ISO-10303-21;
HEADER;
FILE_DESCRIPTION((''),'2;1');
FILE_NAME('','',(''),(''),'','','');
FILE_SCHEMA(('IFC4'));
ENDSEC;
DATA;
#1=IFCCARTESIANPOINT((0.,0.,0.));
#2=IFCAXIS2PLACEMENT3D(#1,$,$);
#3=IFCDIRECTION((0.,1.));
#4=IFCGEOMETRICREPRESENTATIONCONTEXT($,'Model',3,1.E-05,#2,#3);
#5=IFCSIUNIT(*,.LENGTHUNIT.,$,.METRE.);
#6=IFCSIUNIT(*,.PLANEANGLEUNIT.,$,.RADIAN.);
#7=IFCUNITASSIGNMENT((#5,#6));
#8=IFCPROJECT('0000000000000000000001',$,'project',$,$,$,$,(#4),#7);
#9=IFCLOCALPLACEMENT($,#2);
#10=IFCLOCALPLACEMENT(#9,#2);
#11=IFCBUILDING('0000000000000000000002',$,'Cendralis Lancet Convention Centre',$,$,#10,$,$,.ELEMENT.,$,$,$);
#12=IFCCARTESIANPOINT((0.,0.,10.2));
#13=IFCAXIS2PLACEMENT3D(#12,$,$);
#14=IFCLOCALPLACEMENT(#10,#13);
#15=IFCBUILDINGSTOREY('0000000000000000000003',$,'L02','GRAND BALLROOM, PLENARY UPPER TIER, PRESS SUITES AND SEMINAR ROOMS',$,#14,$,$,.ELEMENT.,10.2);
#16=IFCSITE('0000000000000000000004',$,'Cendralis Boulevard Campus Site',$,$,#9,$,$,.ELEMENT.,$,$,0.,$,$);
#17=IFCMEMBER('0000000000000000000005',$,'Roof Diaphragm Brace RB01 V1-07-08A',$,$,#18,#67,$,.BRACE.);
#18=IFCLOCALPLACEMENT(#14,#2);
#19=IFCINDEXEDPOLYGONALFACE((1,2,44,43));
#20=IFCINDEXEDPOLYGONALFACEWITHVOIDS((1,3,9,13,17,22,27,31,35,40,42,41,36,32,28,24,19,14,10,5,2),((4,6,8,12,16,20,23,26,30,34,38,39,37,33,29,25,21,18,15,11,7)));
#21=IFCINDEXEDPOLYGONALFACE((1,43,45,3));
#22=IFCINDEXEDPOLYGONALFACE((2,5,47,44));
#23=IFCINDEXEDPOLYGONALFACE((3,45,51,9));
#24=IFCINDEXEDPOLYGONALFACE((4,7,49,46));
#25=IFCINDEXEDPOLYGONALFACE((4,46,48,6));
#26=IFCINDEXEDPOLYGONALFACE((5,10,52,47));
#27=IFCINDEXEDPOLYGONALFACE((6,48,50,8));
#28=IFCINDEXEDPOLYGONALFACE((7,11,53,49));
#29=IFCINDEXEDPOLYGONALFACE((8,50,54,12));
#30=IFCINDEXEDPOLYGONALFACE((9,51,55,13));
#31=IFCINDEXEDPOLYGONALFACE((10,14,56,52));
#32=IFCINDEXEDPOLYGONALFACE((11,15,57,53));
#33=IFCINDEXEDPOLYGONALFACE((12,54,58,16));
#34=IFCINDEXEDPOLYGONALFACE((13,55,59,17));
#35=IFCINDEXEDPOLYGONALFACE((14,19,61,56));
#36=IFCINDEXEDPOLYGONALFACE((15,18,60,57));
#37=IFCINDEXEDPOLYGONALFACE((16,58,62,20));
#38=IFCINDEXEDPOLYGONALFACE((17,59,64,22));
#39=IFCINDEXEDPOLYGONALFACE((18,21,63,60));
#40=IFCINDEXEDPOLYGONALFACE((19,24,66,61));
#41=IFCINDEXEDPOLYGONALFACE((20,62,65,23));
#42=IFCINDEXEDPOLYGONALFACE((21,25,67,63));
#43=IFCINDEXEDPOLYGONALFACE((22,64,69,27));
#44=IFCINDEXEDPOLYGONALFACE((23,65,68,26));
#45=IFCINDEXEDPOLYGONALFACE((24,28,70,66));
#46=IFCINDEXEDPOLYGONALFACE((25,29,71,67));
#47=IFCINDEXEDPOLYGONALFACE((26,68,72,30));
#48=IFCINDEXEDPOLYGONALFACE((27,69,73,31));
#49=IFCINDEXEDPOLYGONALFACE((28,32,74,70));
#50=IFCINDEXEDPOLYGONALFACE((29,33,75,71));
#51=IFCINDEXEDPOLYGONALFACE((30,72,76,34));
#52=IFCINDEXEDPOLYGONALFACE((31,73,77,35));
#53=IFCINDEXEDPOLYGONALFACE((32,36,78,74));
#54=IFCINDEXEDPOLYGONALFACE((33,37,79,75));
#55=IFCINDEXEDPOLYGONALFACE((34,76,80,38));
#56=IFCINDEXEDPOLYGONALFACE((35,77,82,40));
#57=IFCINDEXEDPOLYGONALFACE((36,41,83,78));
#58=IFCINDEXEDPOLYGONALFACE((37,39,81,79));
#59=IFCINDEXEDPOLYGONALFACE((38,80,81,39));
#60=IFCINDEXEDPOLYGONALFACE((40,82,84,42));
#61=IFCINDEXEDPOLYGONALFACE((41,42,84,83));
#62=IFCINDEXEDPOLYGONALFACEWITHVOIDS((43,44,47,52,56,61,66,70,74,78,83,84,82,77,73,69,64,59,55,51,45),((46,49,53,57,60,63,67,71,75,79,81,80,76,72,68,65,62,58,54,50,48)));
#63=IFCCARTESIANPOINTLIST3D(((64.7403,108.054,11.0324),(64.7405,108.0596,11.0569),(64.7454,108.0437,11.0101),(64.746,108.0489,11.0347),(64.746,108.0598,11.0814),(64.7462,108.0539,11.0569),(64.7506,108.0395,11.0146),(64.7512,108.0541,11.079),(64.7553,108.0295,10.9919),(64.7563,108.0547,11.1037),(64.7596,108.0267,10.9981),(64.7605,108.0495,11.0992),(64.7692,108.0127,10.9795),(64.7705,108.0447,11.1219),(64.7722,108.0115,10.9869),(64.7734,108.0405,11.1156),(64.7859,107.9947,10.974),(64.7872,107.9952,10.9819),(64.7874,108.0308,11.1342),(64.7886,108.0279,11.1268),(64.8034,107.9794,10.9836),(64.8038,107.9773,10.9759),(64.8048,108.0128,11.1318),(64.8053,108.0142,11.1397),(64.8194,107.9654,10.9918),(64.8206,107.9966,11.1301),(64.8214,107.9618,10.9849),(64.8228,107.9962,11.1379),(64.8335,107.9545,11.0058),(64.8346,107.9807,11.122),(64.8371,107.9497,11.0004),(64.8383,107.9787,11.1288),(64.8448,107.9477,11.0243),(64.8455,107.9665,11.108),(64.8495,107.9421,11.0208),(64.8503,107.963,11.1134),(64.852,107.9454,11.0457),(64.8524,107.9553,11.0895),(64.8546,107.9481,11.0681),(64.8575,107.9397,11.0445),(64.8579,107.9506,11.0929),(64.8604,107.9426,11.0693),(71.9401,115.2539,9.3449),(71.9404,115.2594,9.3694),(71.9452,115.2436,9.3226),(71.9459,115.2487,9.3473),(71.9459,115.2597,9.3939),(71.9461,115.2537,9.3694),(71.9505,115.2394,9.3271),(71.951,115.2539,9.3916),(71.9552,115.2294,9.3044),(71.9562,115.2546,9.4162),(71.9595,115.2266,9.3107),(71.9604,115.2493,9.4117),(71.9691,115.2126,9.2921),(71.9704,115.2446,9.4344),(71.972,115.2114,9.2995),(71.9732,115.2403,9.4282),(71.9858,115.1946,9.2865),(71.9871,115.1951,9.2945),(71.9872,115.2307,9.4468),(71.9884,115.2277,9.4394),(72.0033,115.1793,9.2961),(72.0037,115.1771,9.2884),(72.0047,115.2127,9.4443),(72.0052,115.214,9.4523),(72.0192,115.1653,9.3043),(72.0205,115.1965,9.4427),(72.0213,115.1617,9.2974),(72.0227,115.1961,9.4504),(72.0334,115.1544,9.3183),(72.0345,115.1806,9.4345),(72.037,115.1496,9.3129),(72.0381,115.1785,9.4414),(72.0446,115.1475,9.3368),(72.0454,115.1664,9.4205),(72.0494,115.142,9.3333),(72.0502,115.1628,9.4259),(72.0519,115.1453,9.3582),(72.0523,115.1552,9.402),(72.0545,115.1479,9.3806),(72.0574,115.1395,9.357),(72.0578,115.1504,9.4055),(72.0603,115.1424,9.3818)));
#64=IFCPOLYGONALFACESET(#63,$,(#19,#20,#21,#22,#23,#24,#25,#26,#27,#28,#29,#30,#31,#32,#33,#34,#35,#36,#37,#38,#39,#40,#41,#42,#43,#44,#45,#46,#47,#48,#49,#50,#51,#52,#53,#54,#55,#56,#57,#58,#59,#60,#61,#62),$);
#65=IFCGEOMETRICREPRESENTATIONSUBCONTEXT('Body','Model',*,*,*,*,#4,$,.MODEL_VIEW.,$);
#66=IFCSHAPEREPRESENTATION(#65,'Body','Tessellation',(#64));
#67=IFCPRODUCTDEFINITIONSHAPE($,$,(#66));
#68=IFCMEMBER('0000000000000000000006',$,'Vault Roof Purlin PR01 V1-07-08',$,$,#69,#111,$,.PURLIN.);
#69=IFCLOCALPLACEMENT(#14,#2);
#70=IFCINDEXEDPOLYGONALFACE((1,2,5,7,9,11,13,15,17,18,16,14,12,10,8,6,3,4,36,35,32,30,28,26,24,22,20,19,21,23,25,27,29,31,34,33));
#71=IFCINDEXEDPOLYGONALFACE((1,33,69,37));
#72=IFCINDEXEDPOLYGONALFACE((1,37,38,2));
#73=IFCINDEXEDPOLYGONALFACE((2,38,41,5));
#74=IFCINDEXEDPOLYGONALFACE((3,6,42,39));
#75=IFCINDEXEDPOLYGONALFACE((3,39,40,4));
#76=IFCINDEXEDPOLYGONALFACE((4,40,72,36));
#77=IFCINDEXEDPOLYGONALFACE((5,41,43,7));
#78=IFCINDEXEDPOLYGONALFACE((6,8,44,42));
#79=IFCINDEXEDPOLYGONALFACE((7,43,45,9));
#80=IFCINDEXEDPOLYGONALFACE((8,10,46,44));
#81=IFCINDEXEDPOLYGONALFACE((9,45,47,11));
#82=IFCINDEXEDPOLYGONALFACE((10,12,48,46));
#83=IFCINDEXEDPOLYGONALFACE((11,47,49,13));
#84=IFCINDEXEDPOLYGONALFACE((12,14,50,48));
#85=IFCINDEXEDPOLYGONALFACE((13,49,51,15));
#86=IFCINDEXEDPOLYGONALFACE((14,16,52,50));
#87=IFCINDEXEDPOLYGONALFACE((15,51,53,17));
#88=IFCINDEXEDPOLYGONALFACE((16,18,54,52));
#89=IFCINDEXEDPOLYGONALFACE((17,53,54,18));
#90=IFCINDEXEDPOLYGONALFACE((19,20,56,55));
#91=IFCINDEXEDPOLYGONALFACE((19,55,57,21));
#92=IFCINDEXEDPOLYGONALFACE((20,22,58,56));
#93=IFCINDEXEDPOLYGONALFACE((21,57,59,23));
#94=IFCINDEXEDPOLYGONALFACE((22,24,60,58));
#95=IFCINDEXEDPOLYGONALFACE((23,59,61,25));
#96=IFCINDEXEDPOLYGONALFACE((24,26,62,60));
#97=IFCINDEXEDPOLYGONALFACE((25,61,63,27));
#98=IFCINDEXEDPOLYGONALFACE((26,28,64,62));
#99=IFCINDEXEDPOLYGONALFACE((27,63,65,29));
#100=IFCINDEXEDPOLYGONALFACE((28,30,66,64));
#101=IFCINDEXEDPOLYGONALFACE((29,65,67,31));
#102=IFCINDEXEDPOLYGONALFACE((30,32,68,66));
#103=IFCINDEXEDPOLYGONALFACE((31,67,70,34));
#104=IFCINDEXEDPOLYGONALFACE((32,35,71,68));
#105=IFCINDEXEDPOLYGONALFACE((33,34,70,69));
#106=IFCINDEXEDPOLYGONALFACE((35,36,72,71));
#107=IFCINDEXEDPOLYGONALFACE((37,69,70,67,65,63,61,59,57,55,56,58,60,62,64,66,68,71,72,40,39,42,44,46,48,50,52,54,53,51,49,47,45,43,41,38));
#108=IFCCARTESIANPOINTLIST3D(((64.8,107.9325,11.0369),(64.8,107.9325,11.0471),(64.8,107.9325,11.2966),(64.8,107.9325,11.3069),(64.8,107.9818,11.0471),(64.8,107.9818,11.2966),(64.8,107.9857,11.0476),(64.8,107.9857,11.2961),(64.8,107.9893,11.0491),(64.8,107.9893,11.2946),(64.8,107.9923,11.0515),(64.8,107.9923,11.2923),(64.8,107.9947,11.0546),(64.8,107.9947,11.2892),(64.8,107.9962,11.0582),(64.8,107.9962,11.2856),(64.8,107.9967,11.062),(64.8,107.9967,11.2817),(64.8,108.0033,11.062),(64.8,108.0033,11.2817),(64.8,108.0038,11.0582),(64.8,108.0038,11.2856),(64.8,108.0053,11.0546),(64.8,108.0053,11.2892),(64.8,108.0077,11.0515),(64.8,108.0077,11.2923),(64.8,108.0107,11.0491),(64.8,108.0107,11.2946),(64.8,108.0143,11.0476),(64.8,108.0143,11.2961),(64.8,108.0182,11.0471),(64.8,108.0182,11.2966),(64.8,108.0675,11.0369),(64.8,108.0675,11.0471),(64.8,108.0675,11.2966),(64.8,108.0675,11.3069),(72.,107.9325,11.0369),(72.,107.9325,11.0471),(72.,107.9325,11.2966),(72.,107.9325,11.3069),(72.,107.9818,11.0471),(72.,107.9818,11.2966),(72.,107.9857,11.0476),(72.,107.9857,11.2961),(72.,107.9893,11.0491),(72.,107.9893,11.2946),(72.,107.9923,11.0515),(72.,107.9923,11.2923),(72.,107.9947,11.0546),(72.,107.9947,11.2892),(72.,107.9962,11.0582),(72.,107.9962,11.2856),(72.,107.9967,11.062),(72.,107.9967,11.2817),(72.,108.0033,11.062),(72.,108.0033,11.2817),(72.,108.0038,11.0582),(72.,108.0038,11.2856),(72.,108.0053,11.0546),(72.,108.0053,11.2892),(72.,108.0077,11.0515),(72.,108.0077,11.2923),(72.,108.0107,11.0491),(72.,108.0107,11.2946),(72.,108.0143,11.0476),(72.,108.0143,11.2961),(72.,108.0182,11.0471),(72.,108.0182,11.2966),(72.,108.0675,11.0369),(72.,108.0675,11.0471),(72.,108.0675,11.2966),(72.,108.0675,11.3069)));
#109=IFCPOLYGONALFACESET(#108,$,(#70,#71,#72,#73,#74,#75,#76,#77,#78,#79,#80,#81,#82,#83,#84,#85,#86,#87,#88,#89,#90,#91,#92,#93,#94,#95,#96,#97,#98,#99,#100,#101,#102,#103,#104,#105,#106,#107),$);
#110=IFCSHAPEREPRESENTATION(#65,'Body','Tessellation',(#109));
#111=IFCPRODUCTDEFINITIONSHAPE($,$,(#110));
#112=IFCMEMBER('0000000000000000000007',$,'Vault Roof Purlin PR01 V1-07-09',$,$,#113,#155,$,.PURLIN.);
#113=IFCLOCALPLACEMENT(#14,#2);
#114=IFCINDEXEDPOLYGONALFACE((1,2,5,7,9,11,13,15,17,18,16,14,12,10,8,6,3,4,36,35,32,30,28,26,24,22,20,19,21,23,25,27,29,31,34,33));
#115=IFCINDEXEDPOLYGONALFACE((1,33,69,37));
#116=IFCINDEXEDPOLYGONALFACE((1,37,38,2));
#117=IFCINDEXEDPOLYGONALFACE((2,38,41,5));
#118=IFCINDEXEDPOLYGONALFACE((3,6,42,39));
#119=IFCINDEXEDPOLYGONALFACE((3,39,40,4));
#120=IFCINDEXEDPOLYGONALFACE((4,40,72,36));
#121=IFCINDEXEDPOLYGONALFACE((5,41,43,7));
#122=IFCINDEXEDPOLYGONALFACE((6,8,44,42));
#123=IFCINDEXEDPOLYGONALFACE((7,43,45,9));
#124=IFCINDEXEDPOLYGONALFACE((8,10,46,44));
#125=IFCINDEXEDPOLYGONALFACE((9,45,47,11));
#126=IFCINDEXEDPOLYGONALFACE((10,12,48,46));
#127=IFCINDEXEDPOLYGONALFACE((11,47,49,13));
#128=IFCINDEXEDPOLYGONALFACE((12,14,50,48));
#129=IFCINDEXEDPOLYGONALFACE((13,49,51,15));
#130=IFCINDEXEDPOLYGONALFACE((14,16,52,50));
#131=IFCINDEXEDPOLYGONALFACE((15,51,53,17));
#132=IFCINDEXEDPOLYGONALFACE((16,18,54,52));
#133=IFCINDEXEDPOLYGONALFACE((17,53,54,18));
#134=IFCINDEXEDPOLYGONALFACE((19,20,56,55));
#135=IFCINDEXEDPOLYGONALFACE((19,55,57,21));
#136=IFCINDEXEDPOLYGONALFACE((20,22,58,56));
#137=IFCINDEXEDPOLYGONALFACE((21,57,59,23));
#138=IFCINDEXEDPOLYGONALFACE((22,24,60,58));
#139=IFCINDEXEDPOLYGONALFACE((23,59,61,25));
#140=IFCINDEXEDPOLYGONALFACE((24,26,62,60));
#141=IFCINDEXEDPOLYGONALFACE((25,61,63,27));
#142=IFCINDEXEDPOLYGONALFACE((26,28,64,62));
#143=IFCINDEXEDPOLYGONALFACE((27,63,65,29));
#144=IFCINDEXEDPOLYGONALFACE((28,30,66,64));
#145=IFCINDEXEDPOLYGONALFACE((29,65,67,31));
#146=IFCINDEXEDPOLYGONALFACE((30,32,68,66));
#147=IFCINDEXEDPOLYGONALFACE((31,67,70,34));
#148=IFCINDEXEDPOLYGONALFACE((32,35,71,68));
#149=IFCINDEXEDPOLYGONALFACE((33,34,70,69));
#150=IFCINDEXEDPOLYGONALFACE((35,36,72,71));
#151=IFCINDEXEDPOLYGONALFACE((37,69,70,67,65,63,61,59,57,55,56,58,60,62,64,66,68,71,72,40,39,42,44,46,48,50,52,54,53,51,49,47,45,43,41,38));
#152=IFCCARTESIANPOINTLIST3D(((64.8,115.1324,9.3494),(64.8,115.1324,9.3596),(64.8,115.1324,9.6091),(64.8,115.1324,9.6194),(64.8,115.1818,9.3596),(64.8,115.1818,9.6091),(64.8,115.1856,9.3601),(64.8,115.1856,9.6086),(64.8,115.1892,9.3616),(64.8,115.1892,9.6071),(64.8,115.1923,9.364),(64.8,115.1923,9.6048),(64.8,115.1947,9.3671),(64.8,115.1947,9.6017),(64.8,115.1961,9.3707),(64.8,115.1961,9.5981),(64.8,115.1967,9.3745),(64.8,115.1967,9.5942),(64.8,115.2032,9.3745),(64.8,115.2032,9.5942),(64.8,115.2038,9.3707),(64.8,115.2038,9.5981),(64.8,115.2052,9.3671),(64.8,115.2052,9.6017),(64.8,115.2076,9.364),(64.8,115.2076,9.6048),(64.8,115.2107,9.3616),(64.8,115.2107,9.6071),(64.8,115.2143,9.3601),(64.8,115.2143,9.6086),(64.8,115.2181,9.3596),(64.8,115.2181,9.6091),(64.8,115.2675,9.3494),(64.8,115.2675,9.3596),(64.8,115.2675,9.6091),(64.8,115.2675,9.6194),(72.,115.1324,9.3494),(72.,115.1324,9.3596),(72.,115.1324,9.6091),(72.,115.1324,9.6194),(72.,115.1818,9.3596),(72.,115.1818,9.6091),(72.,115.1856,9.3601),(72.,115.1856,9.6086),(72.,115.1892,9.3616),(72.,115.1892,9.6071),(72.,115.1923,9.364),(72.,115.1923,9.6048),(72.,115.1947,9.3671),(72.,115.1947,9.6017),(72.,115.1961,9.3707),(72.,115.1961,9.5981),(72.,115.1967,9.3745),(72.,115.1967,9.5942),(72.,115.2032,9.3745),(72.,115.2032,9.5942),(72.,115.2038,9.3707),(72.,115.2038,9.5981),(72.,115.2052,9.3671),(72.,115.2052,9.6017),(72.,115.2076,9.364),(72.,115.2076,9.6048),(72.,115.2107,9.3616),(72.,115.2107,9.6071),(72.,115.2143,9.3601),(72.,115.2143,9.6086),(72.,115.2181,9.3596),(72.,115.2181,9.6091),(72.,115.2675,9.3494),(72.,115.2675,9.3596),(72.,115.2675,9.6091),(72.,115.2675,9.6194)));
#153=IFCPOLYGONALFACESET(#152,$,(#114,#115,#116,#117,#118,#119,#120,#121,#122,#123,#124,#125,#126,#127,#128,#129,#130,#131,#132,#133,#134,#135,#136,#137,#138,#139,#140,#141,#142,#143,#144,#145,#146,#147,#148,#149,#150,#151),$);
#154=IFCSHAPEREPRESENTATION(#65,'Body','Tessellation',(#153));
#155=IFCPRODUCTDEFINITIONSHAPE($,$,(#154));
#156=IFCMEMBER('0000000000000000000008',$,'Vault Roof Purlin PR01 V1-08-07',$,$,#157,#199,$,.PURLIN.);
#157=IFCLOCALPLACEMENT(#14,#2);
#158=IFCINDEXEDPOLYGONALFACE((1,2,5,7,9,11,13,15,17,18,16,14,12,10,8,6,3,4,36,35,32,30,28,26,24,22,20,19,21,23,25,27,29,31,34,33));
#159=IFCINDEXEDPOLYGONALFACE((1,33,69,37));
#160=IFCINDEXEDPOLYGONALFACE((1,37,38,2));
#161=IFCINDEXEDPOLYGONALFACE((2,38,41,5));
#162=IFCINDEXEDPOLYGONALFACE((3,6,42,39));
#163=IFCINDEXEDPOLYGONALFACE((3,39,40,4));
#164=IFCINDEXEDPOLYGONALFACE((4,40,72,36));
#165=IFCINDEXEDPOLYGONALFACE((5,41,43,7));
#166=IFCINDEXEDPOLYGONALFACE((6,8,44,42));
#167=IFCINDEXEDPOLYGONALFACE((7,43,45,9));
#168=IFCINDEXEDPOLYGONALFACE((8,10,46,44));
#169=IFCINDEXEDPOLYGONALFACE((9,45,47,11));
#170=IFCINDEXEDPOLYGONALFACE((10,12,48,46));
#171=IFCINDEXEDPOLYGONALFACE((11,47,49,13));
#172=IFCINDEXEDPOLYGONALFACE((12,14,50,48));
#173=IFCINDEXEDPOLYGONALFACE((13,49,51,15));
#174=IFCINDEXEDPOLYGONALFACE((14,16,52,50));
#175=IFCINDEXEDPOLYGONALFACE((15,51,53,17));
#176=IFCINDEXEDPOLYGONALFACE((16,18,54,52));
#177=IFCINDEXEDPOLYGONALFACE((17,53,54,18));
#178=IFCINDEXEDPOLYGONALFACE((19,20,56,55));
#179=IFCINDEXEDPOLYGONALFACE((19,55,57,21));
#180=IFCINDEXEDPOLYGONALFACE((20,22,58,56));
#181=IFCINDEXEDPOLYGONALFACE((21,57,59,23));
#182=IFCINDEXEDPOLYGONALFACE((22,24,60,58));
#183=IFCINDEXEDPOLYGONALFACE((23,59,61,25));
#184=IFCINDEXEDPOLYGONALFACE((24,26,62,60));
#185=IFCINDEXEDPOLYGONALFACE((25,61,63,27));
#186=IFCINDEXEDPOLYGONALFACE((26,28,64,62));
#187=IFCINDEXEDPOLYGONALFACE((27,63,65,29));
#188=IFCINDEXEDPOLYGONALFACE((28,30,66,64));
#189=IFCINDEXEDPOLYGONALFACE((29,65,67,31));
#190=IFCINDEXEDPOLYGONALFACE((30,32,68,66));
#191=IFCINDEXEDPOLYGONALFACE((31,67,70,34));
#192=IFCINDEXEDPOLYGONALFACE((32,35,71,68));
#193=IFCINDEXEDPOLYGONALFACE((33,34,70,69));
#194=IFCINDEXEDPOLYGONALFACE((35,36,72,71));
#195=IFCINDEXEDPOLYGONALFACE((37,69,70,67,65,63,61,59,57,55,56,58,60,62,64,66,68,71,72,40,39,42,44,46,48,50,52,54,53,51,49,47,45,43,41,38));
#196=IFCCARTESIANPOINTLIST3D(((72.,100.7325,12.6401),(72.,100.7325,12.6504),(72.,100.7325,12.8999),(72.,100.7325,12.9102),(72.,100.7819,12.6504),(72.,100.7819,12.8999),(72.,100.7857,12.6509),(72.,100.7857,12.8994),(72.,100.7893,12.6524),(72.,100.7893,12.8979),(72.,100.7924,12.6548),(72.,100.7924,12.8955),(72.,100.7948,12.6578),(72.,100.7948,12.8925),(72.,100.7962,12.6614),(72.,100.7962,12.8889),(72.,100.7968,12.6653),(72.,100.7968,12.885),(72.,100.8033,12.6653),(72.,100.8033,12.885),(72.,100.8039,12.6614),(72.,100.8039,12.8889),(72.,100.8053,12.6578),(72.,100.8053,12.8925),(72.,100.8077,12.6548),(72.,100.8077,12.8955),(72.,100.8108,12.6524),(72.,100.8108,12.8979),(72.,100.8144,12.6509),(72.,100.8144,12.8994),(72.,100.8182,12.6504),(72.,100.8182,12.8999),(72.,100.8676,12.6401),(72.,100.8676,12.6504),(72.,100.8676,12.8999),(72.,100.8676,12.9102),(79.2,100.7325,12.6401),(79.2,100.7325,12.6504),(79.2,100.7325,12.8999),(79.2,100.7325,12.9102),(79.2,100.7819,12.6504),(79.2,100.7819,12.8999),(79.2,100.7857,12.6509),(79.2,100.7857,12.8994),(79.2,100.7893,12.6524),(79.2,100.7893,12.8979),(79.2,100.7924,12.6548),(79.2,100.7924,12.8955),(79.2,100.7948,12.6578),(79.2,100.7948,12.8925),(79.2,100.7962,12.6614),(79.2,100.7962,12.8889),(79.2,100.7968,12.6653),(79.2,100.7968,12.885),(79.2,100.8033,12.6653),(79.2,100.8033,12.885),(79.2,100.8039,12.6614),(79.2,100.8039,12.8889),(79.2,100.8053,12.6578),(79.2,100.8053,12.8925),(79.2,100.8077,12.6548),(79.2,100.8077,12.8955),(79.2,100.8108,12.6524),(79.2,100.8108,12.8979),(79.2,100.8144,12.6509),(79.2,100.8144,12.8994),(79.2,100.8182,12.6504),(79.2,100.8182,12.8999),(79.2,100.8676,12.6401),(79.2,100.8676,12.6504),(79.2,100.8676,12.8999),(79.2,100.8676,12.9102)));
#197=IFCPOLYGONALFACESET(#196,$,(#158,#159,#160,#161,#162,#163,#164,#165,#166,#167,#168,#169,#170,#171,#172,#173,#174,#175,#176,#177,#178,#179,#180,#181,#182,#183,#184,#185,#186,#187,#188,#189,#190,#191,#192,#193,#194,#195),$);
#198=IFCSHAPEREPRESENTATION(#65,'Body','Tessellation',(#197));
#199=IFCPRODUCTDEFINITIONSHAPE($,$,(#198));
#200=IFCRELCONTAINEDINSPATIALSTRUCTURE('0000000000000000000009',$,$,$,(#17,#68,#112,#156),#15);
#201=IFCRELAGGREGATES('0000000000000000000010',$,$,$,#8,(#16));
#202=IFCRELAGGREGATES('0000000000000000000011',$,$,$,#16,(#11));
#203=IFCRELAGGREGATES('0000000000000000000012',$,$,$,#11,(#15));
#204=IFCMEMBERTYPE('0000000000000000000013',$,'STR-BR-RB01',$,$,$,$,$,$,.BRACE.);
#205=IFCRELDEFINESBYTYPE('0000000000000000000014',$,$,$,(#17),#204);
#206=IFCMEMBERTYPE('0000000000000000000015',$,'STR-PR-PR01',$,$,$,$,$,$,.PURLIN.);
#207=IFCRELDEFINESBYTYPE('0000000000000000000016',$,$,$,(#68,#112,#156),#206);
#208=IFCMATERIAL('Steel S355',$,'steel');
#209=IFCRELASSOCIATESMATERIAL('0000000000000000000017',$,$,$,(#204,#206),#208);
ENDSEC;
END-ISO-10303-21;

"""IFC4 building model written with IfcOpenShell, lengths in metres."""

from ifc_helpers import new_model, si_unit, direction, frame, origin, origin_2d, place, context, subcontext, project, spatial, hollow_circle, i_section, extrude, material, material_profile, profile_set, type_object, element, save


model = new_model("IFC4")

# Units and contexts
model_context = context("Model", 3, precision=1e-05, world=origin(), true_north=direction((0.0, 1.0)))
body_context = subcontext(model_context, "Body", "Model", "MODEL_VIEW")
ifc_project = project(units=[si_unit("LENGTHUNIT", "METRE"), si_unit("PLANEANGLEUNIT", "RADIAN")], contexts=[model_context])

# Site, building, storey
site_placement = place(None, origin())
site = spatial("IfcSite", under=ifc_project, at=site_placement, Name="Cendralis Boulevard Campus Site", CompositionType="ELEMENT", RefElevation=0.0)
building_placement = place(site_placement, origin())
building = spatial("IfcBuilding", under=site, at=building_placement, Name="Cendralis Lancet Convention Centre", CompositionType="ELEMENT")
storey_placement = place(building_placement, frame((0.0, 0.0, 10.2)))
storey = spatial("IfcBuildingStorey", under=building, at=storey_placement, Name="L02", Description="GRAND BALLROOM, PLENARY UPPER TIER, PRESS SUITES AND SEMINAR ROOMS", CompositionType="ELEMENT", Elevation=10.2)

# Members
ifc_material = material(Name="Steel S355", Category="steel")
ifc_material_profile_1 = material_profile(ifc_material, hollow_circle(Radius=0.0842, WallThickness=0.0081, at=origin_2d()), Name="CHS 168.3x8.0")
ifc_profile_set_1 = profile_set([ifc_material_profile_1], Name="Steel S355")
member_type_1 = type_object("IfcMemberType", Name="STR-BR-RB01", PredefinedType="BRACE", material=ifc_profile_set_1)
member_1_placement = place(storey_placement, frame((64.8, 108.0, 11.0569), z_axis=(0.697592, 0.697592, -0.163499), x_axis=(-0.707107, 0.707107, 0.0)))
element("IfcMember", 1, at=member_1_placement, inside=storey, type_object=member_type_1, Name="Roof Diaphragm Brace RB01 V1-07-08A", PredefinedType="BRACE", context=body_context, shape_type="SweptSolid", body=[
    extrude(hollow_circle(Radius=0.0842, WallThickness=0.0081, at=origin_2d()), origin(), (0.0, 0.0, 1.0), 10.321),
])
ifc_material_profile_2 = material_profile(ifc_material, i_section(OverallWidth=0.135, OverallDepth=0.27, WebThickness=0.0066, FlangeThickness=0.0103, FilletRadius=0.0149, at=origin_2d()), Name="IPE 270")
ifc_profile_set_2 = profile_set([ifc_material_profile_2], Name="Steel S355")
member_type_2 = type_object("IfcMemberType", Name="STR-PR-PR01", PredefinedType="PURLIN", material=ifc_profile_set_2)
for number, where, z_axis, x_axis, name in (
    (2, (64.8, 108.0, 11.1719), (1.0, 0.0, 0.0), (0.0, 1.0, 0.0), "Vault Roof Purlin PR01 V1-07-08"),
    (3, (64.8, 115.2, 9.4844), (1.0, 0.0, 0.0), (0.0, 1.0, 0.0), "Vault Roof Purlin PR01 V1-07-09"),
    (4, (72.0, 100.8, 12.7751), (1.0, 0.0, 0.0), (0.0, 1.0, 0.0), "Vault Roof Purlin PR01 V1-08-07"),
):
    element("IfcMember", number, at=place(storey_placement, frame(where, z_axis=z_axis, x_axis=x_axis)), inside=storey, type_object=member_type_2, Name=name, PredefinedType="PURLIN", context=body_context, shape_type="SweptSolid", body=[
        extrude(i_section(OverallWidth=0.135, OverallDepth=0.27, WebThickness=0.0066, FlangeThickness=0.0103, FilletRadius=0.0149, at=origin_2d()), origin(), (0.0, 0.0, 1.0), 7.2),
    ])

save(model, "model.ifc")
